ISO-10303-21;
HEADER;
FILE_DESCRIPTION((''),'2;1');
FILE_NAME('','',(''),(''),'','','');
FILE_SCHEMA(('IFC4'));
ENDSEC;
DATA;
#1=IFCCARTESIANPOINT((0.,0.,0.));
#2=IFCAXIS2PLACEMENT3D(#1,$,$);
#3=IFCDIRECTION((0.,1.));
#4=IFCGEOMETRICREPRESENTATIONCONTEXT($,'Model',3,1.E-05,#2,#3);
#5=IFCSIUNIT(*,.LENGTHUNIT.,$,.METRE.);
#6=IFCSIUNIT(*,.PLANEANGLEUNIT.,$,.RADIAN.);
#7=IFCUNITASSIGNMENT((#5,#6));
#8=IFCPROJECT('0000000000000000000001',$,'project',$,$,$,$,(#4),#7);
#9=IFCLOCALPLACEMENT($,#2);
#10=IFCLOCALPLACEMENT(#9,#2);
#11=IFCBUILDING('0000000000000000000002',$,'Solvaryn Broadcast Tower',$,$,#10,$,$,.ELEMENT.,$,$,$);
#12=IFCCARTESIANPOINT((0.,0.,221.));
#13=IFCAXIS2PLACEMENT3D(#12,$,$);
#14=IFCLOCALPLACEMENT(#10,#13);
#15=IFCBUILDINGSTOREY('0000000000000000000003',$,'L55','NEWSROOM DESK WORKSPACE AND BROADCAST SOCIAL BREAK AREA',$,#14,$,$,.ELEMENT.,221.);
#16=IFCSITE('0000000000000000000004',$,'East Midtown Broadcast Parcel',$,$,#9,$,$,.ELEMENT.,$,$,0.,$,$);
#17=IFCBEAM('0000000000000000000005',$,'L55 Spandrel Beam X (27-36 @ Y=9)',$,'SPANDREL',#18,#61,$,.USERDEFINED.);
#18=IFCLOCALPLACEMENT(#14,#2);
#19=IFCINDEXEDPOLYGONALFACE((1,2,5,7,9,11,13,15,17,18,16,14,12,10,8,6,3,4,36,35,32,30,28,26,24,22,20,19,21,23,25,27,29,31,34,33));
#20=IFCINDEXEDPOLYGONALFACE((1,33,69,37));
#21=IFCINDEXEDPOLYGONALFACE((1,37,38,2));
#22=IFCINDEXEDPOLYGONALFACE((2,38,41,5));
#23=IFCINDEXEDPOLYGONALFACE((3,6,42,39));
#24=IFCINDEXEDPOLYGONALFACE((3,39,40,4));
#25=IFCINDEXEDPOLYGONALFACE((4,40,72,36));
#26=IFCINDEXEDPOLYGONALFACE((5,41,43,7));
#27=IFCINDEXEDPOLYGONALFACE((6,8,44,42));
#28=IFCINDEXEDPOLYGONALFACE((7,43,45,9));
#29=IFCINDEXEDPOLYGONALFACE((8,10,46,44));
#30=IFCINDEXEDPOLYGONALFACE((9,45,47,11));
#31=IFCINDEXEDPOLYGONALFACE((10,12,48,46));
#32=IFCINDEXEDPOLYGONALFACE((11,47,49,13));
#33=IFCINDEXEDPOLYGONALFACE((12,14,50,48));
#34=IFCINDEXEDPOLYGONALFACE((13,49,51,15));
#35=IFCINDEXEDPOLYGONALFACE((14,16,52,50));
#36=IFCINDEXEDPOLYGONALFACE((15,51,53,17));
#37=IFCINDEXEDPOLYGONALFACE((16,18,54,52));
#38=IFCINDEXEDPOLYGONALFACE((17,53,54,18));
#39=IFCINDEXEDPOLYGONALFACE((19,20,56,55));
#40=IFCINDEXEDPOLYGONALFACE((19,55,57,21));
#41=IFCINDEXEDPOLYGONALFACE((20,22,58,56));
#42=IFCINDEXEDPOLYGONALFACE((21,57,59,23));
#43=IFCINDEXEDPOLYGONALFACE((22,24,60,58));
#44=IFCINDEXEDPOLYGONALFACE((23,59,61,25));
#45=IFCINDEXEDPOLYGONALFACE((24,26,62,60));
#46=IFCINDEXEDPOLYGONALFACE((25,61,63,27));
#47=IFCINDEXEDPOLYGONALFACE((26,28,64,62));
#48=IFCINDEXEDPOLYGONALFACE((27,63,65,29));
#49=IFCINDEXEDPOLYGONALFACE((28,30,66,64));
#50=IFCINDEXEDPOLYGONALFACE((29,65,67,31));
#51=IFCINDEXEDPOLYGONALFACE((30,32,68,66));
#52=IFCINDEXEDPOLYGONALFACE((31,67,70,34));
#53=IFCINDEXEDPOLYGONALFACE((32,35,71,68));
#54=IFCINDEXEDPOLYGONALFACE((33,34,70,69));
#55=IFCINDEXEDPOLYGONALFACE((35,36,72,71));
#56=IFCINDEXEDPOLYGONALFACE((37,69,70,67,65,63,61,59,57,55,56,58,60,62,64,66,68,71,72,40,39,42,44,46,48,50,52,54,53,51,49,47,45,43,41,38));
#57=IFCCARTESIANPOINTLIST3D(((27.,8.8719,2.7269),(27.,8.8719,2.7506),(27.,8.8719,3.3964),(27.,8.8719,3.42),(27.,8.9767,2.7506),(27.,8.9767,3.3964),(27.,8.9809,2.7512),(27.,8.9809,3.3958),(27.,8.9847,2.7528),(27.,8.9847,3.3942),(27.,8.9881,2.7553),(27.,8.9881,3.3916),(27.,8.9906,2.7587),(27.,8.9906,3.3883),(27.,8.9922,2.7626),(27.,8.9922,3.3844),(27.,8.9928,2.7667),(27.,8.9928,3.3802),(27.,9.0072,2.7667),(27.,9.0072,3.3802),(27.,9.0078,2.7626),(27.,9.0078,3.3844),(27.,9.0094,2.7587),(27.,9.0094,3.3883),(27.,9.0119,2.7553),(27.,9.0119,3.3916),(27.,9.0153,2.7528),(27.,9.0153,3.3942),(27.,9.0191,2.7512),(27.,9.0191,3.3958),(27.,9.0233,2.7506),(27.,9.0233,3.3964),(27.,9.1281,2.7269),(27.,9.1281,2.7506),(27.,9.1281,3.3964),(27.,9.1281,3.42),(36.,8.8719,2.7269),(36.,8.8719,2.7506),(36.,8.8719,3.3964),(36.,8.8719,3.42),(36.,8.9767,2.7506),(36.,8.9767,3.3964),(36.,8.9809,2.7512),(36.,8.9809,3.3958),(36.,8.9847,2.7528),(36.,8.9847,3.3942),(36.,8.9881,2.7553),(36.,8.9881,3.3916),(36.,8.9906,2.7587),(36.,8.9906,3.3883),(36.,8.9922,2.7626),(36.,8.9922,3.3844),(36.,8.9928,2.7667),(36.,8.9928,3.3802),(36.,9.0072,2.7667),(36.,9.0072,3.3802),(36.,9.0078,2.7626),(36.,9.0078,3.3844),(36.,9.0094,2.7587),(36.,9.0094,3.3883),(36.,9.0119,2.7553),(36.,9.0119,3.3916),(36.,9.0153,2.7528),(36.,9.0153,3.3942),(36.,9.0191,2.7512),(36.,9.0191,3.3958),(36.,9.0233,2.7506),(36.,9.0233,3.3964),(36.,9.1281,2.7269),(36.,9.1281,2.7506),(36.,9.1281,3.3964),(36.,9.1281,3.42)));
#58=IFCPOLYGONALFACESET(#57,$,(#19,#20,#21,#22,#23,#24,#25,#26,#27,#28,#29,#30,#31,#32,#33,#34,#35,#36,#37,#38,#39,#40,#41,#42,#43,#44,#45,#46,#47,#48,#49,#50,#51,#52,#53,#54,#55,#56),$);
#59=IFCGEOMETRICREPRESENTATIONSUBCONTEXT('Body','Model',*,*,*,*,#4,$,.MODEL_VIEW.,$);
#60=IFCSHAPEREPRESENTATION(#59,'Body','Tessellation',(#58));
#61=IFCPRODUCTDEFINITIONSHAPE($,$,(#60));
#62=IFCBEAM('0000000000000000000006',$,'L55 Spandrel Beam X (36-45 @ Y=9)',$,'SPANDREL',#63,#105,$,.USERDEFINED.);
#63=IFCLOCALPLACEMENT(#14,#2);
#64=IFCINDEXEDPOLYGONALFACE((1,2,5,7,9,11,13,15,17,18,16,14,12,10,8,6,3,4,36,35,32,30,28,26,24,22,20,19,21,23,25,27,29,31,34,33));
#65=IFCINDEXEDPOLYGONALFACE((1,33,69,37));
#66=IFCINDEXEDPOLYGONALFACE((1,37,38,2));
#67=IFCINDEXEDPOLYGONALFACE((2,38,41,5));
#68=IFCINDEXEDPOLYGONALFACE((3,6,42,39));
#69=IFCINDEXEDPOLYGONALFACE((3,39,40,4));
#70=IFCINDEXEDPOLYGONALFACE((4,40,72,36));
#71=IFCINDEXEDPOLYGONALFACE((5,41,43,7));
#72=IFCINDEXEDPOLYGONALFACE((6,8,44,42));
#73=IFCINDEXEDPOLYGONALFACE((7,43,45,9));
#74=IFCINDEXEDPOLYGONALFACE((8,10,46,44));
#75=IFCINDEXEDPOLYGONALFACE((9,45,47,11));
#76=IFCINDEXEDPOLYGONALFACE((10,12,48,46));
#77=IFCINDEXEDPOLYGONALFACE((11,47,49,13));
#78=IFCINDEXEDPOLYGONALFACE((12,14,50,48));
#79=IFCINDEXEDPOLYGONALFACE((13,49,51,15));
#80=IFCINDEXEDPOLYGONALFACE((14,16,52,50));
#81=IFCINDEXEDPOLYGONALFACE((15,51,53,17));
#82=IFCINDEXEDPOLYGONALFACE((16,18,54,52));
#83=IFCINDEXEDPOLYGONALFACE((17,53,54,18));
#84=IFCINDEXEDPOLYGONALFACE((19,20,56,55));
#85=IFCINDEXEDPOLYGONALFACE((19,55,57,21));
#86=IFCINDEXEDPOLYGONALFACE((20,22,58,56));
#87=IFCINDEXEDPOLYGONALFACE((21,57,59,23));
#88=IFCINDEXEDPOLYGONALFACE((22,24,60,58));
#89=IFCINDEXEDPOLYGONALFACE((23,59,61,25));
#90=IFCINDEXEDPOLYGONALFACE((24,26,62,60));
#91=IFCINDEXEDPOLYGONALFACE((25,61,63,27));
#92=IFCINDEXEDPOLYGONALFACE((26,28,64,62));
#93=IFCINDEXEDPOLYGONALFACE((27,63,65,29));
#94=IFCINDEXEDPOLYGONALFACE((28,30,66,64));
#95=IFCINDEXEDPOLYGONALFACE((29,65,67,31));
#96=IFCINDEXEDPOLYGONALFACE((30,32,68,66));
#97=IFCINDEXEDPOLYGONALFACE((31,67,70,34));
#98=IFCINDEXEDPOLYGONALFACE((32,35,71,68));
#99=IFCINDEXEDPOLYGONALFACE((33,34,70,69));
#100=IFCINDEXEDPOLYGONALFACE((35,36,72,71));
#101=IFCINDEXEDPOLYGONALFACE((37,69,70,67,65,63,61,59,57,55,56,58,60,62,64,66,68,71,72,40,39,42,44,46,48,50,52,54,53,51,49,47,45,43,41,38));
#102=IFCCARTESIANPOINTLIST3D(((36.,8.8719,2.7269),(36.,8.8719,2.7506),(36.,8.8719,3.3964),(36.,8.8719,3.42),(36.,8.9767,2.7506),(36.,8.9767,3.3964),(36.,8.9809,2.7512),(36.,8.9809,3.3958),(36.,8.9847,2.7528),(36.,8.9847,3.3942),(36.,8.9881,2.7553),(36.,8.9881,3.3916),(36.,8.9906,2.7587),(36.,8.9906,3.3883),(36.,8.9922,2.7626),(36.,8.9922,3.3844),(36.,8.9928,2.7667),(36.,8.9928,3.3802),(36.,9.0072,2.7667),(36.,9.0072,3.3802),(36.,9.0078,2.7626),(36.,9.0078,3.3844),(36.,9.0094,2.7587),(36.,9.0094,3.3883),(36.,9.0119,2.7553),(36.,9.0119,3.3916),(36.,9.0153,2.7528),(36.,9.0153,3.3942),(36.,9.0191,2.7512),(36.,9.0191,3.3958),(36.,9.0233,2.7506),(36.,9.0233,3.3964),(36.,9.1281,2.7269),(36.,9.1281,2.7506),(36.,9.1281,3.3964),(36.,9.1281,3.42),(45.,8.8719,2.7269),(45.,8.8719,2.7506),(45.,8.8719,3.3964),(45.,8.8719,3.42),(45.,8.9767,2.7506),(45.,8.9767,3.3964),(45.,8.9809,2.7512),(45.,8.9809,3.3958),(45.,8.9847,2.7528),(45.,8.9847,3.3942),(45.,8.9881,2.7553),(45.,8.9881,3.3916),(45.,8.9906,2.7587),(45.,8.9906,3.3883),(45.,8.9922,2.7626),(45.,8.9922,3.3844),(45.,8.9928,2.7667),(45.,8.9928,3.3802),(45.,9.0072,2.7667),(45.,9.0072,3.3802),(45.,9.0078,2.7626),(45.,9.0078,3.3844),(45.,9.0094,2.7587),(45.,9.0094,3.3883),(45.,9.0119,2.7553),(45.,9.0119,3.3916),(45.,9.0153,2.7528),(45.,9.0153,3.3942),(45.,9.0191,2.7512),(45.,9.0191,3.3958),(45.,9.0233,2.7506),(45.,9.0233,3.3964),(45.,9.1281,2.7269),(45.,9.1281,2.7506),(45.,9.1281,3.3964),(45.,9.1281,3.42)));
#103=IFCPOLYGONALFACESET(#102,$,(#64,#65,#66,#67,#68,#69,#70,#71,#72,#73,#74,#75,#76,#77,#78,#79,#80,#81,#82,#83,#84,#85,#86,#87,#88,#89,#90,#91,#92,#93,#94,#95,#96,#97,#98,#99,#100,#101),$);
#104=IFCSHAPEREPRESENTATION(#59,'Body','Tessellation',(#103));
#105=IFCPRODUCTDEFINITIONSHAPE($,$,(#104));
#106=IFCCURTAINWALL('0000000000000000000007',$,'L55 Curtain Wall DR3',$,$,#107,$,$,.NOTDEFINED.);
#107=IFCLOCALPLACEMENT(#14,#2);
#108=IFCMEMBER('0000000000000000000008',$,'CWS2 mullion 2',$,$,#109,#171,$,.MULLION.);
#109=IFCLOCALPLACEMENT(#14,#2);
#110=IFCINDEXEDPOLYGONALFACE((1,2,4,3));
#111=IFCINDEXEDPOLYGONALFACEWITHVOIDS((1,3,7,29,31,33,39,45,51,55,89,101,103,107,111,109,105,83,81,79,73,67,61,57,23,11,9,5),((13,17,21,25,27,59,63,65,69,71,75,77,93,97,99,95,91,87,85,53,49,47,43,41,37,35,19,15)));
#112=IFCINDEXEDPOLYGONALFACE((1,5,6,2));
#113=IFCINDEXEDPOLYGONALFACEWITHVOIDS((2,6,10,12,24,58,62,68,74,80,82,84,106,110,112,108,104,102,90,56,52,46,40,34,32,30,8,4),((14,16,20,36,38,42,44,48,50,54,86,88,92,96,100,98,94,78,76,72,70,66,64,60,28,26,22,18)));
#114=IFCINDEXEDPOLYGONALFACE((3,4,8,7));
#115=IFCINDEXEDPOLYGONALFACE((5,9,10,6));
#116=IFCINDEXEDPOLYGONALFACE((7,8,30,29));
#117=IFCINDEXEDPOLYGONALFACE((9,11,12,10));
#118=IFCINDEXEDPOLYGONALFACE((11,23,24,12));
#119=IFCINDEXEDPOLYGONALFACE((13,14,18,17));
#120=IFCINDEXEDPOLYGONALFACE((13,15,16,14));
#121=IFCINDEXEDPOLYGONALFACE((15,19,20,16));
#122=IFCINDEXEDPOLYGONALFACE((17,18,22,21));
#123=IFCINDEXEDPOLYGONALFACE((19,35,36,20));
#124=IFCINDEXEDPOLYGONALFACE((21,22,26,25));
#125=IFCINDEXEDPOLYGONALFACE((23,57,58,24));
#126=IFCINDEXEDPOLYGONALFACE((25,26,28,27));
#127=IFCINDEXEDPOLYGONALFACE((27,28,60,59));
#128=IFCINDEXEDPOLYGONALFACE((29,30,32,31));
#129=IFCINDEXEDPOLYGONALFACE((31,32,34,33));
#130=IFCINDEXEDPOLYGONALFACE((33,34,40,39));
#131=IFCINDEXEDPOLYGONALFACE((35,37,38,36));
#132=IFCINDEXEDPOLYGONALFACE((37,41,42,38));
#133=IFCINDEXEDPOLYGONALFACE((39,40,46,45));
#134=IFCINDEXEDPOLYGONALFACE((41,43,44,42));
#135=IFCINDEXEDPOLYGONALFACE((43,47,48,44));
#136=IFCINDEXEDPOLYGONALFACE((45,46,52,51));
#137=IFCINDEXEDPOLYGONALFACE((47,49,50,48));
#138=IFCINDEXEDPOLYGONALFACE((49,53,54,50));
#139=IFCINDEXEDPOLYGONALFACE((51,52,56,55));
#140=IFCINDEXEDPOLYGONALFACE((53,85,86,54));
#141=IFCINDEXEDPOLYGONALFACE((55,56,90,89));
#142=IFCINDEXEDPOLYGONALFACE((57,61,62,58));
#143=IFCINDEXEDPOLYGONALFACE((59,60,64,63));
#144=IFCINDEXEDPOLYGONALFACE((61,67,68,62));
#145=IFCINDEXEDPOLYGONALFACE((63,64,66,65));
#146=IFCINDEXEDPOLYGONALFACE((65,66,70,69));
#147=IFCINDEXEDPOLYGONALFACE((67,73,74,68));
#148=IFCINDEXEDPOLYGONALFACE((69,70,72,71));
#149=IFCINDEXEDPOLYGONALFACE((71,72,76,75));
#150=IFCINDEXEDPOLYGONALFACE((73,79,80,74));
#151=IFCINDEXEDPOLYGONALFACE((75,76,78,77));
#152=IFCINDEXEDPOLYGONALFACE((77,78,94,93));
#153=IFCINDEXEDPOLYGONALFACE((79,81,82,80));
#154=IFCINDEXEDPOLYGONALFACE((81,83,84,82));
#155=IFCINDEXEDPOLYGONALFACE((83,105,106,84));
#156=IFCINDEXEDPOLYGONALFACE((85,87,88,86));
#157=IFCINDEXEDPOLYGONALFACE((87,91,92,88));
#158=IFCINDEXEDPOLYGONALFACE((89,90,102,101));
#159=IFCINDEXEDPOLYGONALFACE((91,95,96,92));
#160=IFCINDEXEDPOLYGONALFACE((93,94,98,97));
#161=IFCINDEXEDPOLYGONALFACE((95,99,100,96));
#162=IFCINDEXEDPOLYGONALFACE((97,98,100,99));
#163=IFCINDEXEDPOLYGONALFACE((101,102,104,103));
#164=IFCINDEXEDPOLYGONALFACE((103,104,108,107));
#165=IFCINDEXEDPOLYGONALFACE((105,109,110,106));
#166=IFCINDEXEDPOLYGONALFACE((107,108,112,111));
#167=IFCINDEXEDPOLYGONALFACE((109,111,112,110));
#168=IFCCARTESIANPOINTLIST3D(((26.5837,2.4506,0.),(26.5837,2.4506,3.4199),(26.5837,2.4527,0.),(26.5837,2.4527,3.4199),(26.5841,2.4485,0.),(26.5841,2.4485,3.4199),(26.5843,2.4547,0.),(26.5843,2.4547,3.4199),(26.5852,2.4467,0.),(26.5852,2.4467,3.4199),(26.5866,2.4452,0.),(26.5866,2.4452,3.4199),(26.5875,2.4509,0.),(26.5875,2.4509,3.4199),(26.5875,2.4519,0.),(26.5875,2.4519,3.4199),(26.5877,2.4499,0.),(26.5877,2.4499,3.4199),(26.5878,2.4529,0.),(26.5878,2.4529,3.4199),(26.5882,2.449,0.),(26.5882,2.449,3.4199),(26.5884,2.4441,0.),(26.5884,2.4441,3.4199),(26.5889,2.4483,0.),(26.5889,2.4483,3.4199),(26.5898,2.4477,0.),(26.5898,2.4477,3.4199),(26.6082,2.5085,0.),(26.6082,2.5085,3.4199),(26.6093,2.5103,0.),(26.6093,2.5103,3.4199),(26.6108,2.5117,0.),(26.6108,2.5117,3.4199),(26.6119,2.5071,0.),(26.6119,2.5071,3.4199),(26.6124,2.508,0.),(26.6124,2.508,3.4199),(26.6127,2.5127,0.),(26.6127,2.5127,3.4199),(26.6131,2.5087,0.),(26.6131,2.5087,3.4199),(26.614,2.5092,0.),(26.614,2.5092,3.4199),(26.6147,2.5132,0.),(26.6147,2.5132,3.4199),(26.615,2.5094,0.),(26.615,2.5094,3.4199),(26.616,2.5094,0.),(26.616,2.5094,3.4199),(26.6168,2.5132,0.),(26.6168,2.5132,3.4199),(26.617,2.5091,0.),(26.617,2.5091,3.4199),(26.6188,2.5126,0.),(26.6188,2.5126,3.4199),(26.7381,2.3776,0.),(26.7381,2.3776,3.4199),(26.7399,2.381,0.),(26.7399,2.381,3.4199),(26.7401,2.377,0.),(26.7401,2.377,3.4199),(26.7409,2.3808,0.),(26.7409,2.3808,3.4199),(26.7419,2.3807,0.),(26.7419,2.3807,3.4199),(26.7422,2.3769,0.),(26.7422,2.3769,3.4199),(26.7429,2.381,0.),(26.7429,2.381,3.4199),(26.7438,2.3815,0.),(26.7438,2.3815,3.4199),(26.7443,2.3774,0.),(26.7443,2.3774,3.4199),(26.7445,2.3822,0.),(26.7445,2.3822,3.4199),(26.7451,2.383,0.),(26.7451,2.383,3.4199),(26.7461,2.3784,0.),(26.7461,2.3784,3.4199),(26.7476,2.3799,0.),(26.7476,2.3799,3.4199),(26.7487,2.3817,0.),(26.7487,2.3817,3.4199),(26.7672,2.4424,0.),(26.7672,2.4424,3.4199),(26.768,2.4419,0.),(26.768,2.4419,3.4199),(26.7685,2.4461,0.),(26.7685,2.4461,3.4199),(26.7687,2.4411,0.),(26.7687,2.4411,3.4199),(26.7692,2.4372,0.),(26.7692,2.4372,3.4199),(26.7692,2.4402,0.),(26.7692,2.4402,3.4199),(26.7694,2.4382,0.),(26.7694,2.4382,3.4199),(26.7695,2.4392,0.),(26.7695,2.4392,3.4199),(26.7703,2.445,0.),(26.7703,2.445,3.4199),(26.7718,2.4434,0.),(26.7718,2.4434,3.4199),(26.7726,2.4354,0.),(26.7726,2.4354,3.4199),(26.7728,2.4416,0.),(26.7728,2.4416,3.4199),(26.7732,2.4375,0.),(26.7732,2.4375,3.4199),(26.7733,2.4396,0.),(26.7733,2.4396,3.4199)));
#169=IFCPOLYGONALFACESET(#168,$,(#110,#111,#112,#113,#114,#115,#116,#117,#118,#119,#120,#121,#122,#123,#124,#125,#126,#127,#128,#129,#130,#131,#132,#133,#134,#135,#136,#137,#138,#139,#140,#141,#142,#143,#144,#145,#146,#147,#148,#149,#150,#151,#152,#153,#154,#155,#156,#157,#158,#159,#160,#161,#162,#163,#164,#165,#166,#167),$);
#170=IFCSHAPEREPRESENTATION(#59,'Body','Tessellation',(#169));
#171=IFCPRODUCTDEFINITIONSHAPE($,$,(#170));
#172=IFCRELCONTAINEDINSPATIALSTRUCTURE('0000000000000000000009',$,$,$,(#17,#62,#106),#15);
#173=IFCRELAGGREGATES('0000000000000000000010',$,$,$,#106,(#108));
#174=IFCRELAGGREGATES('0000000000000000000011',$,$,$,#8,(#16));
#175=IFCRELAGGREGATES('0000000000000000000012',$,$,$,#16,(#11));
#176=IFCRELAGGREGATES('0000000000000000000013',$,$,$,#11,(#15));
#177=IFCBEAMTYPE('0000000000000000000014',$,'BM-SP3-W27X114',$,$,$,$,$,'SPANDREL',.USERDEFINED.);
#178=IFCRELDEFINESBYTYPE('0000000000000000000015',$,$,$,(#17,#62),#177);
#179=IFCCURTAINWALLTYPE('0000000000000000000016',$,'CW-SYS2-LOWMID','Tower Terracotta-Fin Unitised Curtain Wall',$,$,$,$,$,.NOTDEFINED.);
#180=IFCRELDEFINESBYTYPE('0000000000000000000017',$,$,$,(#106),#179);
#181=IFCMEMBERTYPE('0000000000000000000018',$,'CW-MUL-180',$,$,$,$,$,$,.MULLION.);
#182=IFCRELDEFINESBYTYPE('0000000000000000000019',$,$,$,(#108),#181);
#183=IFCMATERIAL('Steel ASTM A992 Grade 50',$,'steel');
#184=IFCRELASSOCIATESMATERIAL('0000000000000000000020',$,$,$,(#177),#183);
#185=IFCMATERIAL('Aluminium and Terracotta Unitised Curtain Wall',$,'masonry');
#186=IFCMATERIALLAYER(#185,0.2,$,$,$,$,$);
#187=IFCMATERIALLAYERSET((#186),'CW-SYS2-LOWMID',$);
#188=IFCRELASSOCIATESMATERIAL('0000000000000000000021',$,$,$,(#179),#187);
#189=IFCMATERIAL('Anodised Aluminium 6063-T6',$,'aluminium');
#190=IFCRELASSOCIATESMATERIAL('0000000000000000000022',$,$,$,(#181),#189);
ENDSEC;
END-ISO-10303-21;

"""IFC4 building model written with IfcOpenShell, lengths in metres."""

from ifc_helpers import new_model, si_unit, direction, frame, origin, origin_2d, place, context, subcontext, project, spatial, hollow_rectangle, i_section, extrude, material, layer, layer_set, material_profile, profile_set, type_object, element, aggregate, save


model = new_model("IFC4")

# Units and contexts
model_context = context("Model", 3, precision=1e-05, world=origin(), true_north=direction((0.0, 1.0)))
body_context = subcontext(model_context, "Body", "Model", "MODEL_VIEW")
ifc_project = project(units=[si_unit("LENGTHUNIT", "METRE"), si_unit("PLANEANGLEUNIT", "RADIAN")], contexts=[model_context])

# Site, building, storey
site_placement = place(None, origin())
site = spatial("IfcSite", under=ifc_project, at=site_placement, Name="East Midtown Broadcast Parcel", CompositionType="ELEMENT", RefElevation=0.0)
building_placement = place(site_placement, origin())
building = spatial("IfcBuilding", under=site, at=building_placement, Name="Solvaryn Broadcast Tower", CompositionType="ELEMENT")
storey_placement = place(building_placement, frame((0.0, 0.0, 221.0)))
storey = spatial("IfcBuildingStorey", under=building, at=storey_placement, Name="L55", Description="NEWSROOM DESK WORKSPACE AND BROADCAST SOCIAL BREAK AREA", CompositionType="ELEMENT", Elevation=221.0)

# Beams
ifc_material_1 = material(Name="Steel ASTM A992 Grade 50", Category="steel")
ifc_material_profile_1 = material_profile(ifc_material_1, i_section(OverallWidth=0.2561, OverallDepth=0.6931, WebThickness=0.0144, FlangeThickness=0.0237, FilletRadius=0.0161, at=origin_2d()))
ifc_profile_set_1 = profile_set([ifc_material_profile_1], Name="Steel ASTM A992 Grade 50")
beam_type_1 = type_object("IfcBeamType", Name="BM-SP3-W27X114", ElementType="SPANDREL", PredefinedType="USERDEFINED", material=ifc_profile_set_1)
for number, where, z_axis, x_axis, name in (
    (1, (27.0, 9.0, 3.0735), (1.0, 0.0, 0.0), (0.0, 1.0, 0.0), "L55 Spandrel Beam X (27-36 @ Y=9)"),
    (2, (36.0, 9.0, 3.0735), (1.0, 0.0, 0.0), (0.0, 1.0, 0.0), "L55 Spandrel Beam X (36-45 @ Y=9)"),
):
    element("IfcBeam", number, at=place(storey_placement, frame(where, z_axis=z_axis, x_axis=x_axis)), inside=storey, type_object=beam_type_1, Name=name, ObjectType="SPANDREL", PredefinedType="USERDEFINED", context=body_context, shape_type="SweptSolid", body=[
        extrude(i_section(OverallWidth=0.2561, OverallDepth=0.6931, WebThickness=0.0144, FlangeThickness=0.0237, FilletRadius=0.0161, at=origin_2d()), origin(), (0.0, 0.0, 1.0), 9.0),
    ])

# Curtain wall, member
ifc_material_2 = material(Name="Aluminium and Terracotta Unitised Curtain Wall", Category="masonry")
ifc_layer_1 = layer(ifc_material_2, 0.2)
ifc_layer_set_1 = layer_set([ifc_layer_1], Name="CW-SYS2-LOWMID")
curtain_wall_type = type_object("IfcCurtainWallType", Name="CW-SYS2-LOWMID", Description="Tower Terracotta-Fin Unitised Curtain Wall", PredefinedType="NOTDEFINED", material=ifc_layer_set_1)
curtain_wall_1_placement = place(storey_placement, origin())
curtain_wall_1 = element("IfcCurtainWall", 3, at=curtain_wall_1_placement, inside=storey, type_object=curtain_wall_type, Name="L55 Curtain Wall DR3", PredefinedType="NOTDEFINED")
ifc_material_3 = material(Name="Anodised Aluminium 6063-T6", Category="aluminium")
ifc_material_profile_2 = material_profile(ifc_material_3, hollow_rectangle(XDim=0.075, YDim=0.1799, WallThickness=0.0039, InnerFilletRadius=0.0039, OuterFilletRadius=0.0081, at=origin_2d()))
ifc_profile_set_2 = profile_set([ifc_material_profile_2], Name="Anodised Aluminium 6063-T6")
member_type_1 = type_object("IfcMemberType", Name="CW-MUL-180", PredefinedType="MULLION", material=ifc_profile_set_2)
member_1_placement = place(storey_placement, frame((26.6785, 2.4451, 0.0), z_axis=(0.0, 0.0, 1.0), x_axis=(0.405901, 0.913917, 0.0)))
member_1 = element("IfcMember", 4, at=member_1_placement, type_object=member_type_1, Name="CWS2 mullion 2", PredefinedType="MULLION", context=body_context, shape_type="SweptSolid", body=[
    extrude(hollow_rectangle(XDim=0.075, YDim=0.1799, WallThickness=0.0039, InnerFilletRadius=0.0039, OuterFilletRadius=0.0081, at=origin_2d()), origin(), (0.0, 0.0, 1.0), 3.4199),
])
aggregate(curtain_wall_1, [member_1])

save(model, "model.ifc")
